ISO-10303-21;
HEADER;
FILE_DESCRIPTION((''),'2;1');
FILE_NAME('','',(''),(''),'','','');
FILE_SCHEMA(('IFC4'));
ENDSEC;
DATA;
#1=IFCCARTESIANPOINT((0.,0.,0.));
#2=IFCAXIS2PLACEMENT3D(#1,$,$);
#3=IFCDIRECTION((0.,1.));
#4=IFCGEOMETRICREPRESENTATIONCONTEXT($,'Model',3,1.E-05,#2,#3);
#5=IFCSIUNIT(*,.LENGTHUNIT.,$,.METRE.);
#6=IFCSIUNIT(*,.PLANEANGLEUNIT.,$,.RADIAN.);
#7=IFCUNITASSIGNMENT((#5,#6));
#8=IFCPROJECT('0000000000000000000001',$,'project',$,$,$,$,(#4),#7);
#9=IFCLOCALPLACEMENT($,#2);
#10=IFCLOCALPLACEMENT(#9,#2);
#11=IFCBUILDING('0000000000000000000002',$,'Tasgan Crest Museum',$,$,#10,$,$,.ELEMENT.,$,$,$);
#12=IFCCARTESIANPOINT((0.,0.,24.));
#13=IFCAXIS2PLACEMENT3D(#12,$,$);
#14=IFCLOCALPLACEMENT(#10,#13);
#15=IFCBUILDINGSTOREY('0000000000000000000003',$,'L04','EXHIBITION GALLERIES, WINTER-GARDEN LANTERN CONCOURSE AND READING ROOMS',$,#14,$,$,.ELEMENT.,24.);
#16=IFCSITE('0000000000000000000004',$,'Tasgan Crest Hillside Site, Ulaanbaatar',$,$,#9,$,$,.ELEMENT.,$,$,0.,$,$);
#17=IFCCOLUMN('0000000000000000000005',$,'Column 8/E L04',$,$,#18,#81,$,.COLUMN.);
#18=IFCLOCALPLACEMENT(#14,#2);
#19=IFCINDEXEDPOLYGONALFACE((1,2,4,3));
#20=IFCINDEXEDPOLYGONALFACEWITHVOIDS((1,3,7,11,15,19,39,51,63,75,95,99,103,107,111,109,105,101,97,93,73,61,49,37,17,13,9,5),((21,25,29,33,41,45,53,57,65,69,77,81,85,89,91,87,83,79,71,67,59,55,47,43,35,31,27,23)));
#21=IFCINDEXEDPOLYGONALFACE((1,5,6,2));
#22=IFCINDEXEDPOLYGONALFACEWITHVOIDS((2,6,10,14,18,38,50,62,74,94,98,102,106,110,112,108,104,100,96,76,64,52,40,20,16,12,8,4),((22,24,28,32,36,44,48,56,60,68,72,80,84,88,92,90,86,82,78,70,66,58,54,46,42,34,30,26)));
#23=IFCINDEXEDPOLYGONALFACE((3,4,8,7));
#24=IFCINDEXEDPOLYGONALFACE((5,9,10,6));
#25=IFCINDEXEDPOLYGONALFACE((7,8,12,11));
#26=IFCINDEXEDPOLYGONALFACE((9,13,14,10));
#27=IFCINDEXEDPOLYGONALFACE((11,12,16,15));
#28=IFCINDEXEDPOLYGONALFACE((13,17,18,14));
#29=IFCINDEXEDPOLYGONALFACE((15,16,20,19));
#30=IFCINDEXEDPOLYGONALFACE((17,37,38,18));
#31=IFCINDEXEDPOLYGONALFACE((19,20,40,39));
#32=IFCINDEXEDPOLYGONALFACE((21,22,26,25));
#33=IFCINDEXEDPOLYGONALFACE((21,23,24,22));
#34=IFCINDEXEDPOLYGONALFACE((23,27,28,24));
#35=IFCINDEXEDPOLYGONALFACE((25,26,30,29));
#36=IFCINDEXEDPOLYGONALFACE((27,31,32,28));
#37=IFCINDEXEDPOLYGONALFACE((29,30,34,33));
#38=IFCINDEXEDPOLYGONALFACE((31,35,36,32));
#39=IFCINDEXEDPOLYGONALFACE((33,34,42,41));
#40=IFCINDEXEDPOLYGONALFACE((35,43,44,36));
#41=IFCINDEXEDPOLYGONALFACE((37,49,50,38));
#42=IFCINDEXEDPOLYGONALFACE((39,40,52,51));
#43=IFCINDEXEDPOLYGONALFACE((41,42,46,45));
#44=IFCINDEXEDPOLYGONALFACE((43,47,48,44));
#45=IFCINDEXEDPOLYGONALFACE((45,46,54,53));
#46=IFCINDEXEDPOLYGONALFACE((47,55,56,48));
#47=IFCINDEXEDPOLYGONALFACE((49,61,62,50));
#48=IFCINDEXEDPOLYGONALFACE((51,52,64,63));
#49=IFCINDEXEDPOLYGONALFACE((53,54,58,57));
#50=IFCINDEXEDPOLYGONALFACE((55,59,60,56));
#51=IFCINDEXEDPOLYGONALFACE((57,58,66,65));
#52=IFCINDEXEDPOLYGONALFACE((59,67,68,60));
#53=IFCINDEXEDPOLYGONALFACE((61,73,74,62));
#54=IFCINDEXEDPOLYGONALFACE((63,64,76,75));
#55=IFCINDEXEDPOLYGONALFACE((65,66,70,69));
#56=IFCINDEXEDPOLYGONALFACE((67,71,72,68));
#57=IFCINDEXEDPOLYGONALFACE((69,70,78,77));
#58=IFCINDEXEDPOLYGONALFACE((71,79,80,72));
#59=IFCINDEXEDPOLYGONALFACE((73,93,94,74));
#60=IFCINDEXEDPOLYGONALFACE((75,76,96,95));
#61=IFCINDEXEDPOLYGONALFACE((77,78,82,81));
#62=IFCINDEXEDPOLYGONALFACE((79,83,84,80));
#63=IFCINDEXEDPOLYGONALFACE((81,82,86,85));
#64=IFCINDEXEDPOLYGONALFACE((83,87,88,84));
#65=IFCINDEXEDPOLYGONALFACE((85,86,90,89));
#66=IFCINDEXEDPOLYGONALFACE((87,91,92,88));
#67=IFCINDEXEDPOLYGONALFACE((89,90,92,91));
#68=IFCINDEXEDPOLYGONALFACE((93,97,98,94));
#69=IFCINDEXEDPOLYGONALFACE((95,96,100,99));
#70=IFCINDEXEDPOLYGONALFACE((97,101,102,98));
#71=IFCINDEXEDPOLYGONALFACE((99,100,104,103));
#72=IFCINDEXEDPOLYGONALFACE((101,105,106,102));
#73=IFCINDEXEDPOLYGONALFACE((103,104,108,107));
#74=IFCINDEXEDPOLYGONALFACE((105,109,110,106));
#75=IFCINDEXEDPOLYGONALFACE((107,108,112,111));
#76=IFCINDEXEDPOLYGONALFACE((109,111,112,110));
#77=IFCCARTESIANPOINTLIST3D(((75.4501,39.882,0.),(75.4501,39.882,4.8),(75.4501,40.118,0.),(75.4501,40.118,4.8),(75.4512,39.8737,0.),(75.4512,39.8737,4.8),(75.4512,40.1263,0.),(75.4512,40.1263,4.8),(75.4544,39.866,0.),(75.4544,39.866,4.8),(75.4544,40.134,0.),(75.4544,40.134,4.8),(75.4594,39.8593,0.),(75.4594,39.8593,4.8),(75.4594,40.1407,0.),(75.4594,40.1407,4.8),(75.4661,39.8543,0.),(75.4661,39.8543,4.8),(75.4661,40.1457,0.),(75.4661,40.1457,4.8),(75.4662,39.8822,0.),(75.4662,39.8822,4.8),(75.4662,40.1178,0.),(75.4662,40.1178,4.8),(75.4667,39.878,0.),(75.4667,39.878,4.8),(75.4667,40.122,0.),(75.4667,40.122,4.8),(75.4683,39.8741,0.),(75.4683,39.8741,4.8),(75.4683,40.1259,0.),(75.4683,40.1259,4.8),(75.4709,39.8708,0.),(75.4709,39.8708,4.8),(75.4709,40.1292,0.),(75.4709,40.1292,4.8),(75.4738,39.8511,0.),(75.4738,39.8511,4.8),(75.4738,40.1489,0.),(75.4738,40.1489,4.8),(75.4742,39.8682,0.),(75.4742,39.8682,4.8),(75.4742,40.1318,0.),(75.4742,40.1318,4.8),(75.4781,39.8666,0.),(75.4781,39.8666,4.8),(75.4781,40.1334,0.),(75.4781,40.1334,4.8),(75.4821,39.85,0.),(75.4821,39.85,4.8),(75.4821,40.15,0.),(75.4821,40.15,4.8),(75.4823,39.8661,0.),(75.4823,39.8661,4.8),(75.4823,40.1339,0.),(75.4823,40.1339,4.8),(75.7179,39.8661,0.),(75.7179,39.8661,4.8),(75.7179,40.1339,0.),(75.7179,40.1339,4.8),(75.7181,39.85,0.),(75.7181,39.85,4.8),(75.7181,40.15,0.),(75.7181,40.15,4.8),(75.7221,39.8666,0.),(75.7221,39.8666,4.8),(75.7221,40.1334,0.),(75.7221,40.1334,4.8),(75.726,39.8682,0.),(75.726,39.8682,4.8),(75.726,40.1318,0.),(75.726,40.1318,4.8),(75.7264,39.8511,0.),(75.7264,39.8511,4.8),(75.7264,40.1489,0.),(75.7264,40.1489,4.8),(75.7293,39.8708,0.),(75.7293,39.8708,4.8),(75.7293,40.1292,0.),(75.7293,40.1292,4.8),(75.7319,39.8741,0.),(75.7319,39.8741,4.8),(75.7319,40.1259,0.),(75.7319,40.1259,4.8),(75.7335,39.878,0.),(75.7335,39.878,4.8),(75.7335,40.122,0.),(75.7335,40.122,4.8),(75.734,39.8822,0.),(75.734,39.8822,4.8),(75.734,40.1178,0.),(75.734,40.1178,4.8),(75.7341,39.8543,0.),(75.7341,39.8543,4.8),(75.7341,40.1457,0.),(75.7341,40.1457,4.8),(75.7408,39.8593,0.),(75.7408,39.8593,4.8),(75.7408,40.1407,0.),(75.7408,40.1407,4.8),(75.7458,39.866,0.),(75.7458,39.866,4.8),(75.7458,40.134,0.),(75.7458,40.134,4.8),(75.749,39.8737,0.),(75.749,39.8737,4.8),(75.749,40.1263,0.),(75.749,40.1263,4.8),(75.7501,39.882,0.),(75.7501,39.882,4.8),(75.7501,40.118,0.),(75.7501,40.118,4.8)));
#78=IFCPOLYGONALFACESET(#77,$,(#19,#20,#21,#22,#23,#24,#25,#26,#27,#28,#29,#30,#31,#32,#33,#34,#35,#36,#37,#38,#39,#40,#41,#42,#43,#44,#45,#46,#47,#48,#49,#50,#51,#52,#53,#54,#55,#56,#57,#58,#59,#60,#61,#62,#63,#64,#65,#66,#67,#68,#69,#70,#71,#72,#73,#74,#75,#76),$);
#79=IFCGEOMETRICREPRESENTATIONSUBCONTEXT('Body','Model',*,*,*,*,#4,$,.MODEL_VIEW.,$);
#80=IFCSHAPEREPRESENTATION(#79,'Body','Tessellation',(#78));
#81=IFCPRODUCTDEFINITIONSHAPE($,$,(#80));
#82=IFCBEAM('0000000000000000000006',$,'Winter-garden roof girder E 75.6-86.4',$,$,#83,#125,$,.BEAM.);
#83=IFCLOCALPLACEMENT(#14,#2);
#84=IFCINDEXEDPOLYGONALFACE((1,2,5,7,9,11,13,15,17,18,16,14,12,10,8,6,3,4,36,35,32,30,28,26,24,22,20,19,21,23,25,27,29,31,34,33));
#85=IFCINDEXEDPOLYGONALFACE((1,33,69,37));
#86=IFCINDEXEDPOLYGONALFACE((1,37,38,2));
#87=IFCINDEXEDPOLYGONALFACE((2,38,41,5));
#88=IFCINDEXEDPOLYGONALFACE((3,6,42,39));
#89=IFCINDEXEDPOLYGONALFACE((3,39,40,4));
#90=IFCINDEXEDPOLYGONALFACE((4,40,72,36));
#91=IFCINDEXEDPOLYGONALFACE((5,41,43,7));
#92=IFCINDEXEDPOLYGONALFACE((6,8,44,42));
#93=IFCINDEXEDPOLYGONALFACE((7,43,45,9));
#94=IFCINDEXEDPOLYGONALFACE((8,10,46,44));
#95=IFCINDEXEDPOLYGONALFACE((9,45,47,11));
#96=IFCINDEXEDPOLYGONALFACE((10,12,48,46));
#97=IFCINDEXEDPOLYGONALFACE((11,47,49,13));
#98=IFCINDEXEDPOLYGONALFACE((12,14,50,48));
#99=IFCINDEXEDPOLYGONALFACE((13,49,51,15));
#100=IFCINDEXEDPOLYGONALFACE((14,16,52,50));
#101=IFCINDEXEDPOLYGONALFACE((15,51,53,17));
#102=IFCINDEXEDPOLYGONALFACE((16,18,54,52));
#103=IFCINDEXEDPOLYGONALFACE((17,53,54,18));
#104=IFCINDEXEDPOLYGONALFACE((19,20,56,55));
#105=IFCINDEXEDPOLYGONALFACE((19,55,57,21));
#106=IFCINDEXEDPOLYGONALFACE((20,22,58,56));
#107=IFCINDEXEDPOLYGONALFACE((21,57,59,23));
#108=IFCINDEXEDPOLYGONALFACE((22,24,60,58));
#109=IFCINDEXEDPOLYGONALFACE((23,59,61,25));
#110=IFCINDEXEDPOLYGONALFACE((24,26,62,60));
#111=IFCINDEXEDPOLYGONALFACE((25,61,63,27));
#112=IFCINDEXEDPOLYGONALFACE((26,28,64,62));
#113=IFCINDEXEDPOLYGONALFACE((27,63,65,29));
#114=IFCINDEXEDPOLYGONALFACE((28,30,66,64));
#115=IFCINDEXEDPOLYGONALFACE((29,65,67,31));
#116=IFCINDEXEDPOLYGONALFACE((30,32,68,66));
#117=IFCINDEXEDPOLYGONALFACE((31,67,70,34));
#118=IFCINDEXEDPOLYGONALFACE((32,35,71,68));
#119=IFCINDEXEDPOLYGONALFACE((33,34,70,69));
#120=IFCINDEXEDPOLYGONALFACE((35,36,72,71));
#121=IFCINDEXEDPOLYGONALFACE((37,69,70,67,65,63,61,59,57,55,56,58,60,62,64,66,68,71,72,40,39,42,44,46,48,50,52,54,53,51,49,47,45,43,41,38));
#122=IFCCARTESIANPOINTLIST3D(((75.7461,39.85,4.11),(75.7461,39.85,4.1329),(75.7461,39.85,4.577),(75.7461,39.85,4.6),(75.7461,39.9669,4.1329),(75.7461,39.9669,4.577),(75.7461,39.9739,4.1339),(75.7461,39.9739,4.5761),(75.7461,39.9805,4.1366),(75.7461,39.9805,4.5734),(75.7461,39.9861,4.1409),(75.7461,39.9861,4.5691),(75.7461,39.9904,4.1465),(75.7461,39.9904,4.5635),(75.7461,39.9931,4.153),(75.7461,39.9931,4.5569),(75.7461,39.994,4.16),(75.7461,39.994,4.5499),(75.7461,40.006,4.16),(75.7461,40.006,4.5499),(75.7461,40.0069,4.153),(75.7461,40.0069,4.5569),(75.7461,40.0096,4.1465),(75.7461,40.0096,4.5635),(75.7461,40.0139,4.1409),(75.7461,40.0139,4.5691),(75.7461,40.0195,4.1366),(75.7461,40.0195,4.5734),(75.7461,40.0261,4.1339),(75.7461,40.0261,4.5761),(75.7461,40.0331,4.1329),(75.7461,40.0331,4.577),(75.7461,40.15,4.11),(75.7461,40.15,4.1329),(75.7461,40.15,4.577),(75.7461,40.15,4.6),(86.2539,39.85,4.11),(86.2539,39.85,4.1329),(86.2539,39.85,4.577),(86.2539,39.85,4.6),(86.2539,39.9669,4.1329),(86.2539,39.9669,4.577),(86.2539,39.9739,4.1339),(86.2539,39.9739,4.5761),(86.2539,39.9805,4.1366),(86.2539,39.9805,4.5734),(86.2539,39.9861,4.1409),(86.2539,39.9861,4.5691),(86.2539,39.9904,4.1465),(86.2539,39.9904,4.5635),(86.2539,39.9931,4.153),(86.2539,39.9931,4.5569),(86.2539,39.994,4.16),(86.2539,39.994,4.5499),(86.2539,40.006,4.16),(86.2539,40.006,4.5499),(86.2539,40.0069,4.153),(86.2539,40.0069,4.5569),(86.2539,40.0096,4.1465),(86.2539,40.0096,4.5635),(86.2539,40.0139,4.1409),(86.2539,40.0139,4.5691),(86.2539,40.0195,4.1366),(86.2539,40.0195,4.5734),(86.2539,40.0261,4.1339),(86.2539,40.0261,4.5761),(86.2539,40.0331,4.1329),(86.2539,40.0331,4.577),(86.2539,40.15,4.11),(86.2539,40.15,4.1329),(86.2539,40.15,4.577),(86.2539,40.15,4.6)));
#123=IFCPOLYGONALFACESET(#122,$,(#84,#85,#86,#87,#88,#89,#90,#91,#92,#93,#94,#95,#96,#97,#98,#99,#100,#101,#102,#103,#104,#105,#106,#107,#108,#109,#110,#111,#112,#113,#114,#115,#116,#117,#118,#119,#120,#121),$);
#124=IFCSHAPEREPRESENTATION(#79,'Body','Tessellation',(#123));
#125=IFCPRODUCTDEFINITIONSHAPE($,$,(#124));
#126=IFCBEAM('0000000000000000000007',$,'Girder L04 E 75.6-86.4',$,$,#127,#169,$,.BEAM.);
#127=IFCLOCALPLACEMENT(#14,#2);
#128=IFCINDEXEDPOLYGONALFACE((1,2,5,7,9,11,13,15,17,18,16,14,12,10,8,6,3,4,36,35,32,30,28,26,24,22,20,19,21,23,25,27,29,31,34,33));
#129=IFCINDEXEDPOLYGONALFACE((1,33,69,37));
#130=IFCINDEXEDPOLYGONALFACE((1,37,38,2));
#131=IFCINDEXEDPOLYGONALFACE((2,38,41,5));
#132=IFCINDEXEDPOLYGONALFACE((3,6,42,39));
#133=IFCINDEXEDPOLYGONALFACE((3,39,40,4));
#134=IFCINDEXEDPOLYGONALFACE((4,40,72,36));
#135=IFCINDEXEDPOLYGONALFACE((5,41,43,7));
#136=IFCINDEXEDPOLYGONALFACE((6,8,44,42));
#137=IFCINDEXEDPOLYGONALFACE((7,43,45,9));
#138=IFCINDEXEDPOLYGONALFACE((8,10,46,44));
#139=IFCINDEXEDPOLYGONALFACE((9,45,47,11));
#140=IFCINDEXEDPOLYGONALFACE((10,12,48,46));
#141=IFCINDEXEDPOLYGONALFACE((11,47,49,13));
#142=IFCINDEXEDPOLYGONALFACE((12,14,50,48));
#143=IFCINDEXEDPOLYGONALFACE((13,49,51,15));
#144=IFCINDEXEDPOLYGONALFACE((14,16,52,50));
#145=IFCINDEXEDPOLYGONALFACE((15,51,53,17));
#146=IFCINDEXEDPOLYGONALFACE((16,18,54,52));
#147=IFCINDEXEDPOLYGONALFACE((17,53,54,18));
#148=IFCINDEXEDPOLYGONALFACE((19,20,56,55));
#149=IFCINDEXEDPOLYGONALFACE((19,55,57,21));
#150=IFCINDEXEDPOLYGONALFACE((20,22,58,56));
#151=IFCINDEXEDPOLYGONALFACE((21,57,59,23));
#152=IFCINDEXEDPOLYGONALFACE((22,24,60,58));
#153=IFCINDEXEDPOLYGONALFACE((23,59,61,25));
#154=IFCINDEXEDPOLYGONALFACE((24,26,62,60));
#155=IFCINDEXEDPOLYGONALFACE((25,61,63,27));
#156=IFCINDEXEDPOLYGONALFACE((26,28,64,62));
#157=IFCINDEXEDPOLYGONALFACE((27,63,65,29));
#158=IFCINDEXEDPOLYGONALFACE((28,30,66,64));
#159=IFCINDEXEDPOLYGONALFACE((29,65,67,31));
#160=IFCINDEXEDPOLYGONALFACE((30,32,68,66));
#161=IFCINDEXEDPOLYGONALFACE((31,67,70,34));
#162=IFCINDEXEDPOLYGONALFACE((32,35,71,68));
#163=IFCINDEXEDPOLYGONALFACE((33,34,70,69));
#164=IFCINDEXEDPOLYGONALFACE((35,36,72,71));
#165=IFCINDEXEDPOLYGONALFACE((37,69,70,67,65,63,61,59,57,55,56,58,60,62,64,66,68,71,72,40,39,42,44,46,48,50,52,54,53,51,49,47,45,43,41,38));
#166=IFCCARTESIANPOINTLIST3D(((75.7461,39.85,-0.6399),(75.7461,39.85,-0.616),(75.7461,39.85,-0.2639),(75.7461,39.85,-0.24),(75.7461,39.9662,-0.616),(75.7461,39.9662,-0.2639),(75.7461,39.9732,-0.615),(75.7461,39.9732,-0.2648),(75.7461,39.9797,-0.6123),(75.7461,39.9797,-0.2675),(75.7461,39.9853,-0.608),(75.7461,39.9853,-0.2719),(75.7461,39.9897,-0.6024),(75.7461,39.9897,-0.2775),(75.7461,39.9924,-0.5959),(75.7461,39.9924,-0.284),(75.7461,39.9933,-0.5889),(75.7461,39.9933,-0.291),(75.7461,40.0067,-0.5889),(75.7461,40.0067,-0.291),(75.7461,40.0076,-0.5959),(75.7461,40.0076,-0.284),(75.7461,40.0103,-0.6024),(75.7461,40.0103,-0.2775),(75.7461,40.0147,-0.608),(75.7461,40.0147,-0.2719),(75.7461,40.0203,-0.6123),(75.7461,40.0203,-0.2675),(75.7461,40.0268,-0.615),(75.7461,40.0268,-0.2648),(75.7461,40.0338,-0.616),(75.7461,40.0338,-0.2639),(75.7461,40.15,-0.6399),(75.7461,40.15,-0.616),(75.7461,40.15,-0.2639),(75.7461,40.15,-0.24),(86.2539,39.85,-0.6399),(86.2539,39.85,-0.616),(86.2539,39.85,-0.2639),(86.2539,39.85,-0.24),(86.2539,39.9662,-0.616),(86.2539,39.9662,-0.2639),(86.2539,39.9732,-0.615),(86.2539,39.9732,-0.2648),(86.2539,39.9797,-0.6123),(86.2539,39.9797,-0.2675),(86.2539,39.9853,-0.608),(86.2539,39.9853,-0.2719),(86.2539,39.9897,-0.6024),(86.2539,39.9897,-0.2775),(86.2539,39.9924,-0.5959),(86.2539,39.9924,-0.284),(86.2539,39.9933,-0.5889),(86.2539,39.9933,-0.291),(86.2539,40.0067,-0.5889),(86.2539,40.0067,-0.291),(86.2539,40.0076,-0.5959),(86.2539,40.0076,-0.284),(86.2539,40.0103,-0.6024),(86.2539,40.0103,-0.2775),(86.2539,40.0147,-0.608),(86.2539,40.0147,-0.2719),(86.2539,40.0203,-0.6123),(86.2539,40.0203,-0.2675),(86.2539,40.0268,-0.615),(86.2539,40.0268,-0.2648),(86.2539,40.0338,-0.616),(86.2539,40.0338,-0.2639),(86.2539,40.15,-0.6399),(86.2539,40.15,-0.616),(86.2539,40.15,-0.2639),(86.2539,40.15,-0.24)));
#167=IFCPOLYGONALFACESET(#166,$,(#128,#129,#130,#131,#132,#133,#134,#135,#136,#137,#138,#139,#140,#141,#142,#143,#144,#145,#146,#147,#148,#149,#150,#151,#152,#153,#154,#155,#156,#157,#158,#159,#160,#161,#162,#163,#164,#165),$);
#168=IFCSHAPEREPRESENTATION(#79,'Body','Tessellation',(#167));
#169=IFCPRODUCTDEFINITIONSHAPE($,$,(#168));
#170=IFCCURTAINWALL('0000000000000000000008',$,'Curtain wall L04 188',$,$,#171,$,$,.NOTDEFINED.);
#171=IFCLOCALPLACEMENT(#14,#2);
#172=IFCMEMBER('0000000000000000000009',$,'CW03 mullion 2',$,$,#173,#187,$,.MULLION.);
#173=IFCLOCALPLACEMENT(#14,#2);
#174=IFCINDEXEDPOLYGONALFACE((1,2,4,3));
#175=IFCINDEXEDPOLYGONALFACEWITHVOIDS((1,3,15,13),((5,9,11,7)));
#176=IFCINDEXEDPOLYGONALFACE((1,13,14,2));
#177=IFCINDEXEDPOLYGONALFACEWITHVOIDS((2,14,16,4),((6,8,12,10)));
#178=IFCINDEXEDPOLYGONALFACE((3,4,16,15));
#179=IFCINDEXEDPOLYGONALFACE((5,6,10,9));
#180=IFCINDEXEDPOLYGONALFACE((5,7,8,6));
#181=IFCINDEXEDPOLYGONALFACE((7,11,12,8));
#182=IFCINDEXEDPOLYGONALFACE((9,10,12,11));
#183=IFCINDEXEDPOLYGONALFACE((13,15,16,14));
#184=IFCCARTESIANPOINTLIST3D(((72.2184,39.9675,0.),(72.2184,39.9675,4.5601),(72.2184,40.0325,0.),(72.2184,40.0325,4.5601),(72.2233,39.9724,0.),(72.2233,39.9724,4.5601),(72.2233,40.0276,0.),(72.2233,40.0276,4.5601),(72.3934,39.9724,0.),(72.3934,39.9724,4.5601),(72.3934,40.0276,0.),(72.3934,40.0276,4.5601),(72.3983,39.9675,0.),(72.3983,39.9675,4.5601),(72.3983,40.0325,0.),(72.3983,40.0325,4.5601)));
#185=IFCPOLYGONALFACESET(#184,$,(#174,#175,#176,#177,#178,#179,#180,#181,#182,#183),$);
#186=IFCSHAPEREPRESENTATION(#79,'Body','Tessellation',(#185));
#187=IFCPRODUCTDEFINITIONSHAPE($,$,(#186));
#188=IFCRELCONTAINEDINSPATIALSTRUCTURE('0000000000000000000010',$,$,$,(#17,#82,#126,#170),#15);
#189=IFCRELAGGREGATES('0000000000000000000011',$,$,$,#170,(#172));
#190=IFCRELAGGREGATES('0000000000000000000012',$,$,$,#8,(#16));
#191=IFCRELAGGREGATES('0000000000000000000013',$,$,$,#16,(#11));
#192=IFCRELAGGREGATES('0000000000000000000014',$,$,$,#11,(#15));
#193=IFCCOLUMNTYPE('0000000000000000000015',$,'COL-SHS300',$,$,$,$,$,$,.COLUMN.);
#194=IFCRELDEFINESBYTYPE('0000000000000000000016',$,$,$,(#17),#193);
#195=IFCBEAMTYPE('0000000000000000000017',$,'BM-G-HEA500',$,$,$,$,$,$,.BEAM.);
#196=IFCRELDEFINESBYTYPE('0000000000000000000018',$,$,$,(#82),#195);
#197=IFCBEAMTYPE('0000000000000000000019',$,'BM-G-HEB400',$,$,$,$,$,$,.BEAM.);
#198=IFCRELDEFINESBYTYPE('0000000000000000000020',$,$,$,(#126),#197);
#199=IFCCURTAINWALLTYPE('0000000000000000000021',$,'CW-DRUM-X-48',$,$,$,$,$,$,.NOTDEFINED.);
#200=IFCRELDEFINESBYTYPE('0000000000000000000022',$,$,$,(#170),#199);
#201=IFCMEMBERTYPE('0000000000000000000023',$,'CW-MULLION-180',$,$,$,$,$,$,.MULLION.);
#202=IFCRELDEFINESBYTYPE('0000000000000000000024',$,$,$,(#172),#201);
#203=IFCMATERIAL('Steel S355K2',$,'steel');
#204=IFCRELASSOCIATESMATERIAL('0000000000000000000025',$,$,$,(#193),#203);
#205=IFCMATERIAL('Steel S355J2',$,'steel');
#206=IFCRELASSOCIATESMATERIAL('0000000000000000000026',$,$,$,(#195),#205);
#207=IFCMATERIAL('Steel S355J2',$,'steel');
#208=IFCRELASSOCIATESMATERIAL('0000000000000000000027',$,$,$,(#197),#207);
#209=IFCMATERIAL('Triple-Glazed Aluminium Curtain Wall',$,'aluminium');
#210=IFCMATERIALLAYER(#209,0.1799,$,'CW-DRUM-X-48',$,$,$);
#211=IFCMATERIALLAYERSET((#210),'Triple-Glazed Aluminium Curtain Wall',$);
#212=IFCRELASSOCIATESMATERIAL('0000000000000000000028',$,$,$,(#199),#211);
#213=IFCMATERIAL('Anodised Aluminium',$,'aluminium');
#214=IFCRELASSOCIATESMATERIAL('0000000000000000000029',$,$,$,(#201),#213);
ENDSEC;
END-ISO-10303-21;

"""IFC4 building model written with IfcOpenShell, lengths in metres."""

from ifc_helpers import new_model, si_unit, direction, frame, origin, origin_2d, place, context, subcontext, project, spatial, hollow_rectangle, i_section, extrude, material, layer, layer_set, material_profile, profile_set, type_object, element, aggregate, save


model = new_model("IFC4")

# Units and contexts
model_context = context("Model", 3, precision=1e-05, world=origin(), true_north=direction((0.0, 1.0)))
body_context = subcontext(model_context, "Body", "Model", "MODEL_VIEW")
ifc_project = project(units=[si_unit("LENGTHUNIT", "METRE"), si_unit("PLANEANGLEUNIT", "RADIAN")], contexts=[model_context])

# Site, building, storey
site_placement = place(None, origin())
site = spatial("IfcSite", under=ifc_project, at=site_placement, Name="Tasgan Crest Hillside Site, Ulaanbaatar", CompositionType="ELEMENT", RefElevation=0.0)
building_placement = place(site_placement, origin())
building = spatial("IfcBuilding", under=site, at=building_placement, Name="Tasgan Crest Museum", CompositionType="ELEMENT")
storey_placement = place(building_placement, frame((0.0, 0.0, 24.0)))
storey = spatial("IfcBuildingStorey", under=building, at=storey_placement, Name="L04", Description="EXHIBITION GALLERIES, WINTER-GARDEN LANTERN CONCOURSE AND READING ROOMS", CompositionType="ELEMENT", Elevation=24.0)

# Column
ifc_material_1 = material(Name="Steel S355K2", Category="steel")
ifc_material_profile_1 = material_profile(ifc_material_1, hollow_rectangle(XDim=0.3, YDim=0.3, WallThickness=0.0161, InnerFilletRadius=0.0161, OuterFilletRadius=0.032, at=origin_2d()), Name="SHS 300x300x16")
ifc_profile_set_1 = profile_set([ifc_material_profile_1], Name="Steel S355K2")
column_type = type_object("IfcColumnType", Name="COL-SHS300", PredefinedType="COLUMN", material=ifc_profile_set_1)
column_placement = place(storey_placement, frame((75.6001, 40.0, 0.0), z_axis=(0.0, 0.0, 1.0), x_axis=(1.0, 0.0, 0.0)))
element("IfcColumn", 1, at=column_placement, inside=storey, type_object=column_type, Name="Column 8/E L04", PredefinedType="COLUMN", context=body_context, shape_type="SweptSolid", body=[
    extrude(hollow_rectangle(XDim=0.3, YDim=0.3, WallThickness=0.0161, InnerFilletRadius=0.0161, OuterFilletRadius=0.032, at=origin_2d()), origin(), (0.0, 0.0, 1.0), 4.8),
])

# Beams
ifc_material_2 = material(Name="Steel S355J2", Category="steel")
ifc_material_profile_2 = material_profile(ifc_material_2, i_section(OverallWidth=0.3, OverallDepth=0.49, WebThickness=0.012, FlangeThickness=0.0229, FilletRadius=0.0271, at=origin_2d()), Name="HEA 500")
ifc_profile_set_2 = profile_set([ifc_material_profile_2], Name="Steel S355J2")
beam_type_1 = type_object("IfcBeamType", Name="BM-G-HEA500", PredefinedType="BEAM", material=ifc_profile_set_2)
beam_1_placement = place(storey_placement, frame((75.7461, 40.0, 4.355), z_axis=(1.0, 0.0, 0.0), x_axis=(0.0, 1.0, 0.0)))
element("IfcBeam", 2, at=beam_1_placement, inside=storey, type_object=beam_type_1, Name="Winter-garden roof girder E 75.6-86.4", PredefinedType="BEAM", context=body_context, shape_type="SweptSolid", body=[
    extrude(i_section(OverallWidth=0.3, OverallDepth=0.49, WebThickness=0.012, FlangeThickness=0.0229, FilletRadius=0.0271, at=origin_2d()), origin(), (0.0, 0.0, 1.0), 10.5078),
])
ifc_material_3 = material(Name="Steel S355J2", Category="steel")
ifc_material_profile_3 = material_profile(ifc_material_3, i_section(OverallWidth=0.3, OverallDepth=0.3999, WebThickness=0.0134, FlangeThickness=0.0239, FilletRadius=0.0271, at=origin_2d()), Name="HEB 400")
ifc_profile_set_3 = profile_set([ifc_material_profile_3], Name="Steel S355J2")
beam_type_2 = type_object("IfcBeamType", Name="BM-G-HEB400", PredefinedType="BEAM", material=ifc_profile_set_3)
beam_2_placement = place(storey_placement, frame((75.7461, 40.0, -0.4399), z_axis=(1.0, 0.0, 0.0), x_axis=(0.0, 1.0, 0.0)))
element("IfcBeam", 3, at=beam_2_placement, inside=storey, type_object=beam_type_2, Name="Girder L04 E 75.6-86.4", PredefinedType="BEAM", context=body_context, shape_type="SweptSolid", body=[
    extrude(i_section(OverallWidth=0.3, OverallDepth=0.3999, WebThickness=0.0134, FlangeThickness=0.0239, FilletRadius=0.0271, at=origin_2d()), origin(), (0.0, 0.0, 1.0), 10.5078),
])

# Curtain wall, member
ifc_material_4 = material(Name="Triple-Glazed Aluminium Curtain Wall", Category="aluminium")
ifc_layer_1 = layer(ifc_material_4, 0.1799, Name="CW-DRUM-X-48")
ifc_layer_set_1 = layer_set([ifc_layer_1], Name="Triple-Glazed Aluminium Curtain Wall")
curtain_wall_type = type_object("IfcCurtainWallType", Name="CW-DRUM-X-48", PredefinedType="NOTDEFINED", material=ifc_layer_set_1)
curtain_wall_1_placement = place(storey_placement, origin())
curtain_wall_1 = element("IfcCurtainWall", 4, at=curtain_wall_1_placement, inside=storey, type_object=curtain_wall_type, Name="Curtain wall L04 188", PredefinedType="NOTDEFINED")
ifc_material_5 = material(Name="Anodised Aluminium", Category="aluminium")
ifc_material_profile_4 = material_profile(ifc_material_5, hollow_rectangle(XDim=0.0649, YDim=0.1799, WallThickness=0.0049, at=origin_2d()), Name="ALU MULLION 180x65x5")
ifc_profile_set_4 = profile_set([ifc_material_profile_4], Name="Anodised Aluminium")
member_type_1 = type_object("IfcMemberType", Name="CW-MULLION-180", PredefinedType="MULLION", material=ifc_profile_set_4)
member_1_placement = place(storey_placement, frame((72.3083, 40.0, 0.0), z_axis=(0.0, 0.0, 1.0), x_axis=(0.0, 1.0, 0.0)))
member_1 = element("IfcMember", 5, at=member_1_placement, type_object=member_type_1, Name="CW03 mullion 2", PredefinedType="MULLION", context=body_context, shape_type="SweptSolid", body=[
    extrude(hollow_rectangle(XDim=0.0649, YDim=0.1799, WallThickness=0.0049, at=origin_2d()), origin(), (0.0, 0.0, 1.0), 4.5601),
])

aggregate(curtain_wall_1, [member_1])

save(model, "model.ifc")
